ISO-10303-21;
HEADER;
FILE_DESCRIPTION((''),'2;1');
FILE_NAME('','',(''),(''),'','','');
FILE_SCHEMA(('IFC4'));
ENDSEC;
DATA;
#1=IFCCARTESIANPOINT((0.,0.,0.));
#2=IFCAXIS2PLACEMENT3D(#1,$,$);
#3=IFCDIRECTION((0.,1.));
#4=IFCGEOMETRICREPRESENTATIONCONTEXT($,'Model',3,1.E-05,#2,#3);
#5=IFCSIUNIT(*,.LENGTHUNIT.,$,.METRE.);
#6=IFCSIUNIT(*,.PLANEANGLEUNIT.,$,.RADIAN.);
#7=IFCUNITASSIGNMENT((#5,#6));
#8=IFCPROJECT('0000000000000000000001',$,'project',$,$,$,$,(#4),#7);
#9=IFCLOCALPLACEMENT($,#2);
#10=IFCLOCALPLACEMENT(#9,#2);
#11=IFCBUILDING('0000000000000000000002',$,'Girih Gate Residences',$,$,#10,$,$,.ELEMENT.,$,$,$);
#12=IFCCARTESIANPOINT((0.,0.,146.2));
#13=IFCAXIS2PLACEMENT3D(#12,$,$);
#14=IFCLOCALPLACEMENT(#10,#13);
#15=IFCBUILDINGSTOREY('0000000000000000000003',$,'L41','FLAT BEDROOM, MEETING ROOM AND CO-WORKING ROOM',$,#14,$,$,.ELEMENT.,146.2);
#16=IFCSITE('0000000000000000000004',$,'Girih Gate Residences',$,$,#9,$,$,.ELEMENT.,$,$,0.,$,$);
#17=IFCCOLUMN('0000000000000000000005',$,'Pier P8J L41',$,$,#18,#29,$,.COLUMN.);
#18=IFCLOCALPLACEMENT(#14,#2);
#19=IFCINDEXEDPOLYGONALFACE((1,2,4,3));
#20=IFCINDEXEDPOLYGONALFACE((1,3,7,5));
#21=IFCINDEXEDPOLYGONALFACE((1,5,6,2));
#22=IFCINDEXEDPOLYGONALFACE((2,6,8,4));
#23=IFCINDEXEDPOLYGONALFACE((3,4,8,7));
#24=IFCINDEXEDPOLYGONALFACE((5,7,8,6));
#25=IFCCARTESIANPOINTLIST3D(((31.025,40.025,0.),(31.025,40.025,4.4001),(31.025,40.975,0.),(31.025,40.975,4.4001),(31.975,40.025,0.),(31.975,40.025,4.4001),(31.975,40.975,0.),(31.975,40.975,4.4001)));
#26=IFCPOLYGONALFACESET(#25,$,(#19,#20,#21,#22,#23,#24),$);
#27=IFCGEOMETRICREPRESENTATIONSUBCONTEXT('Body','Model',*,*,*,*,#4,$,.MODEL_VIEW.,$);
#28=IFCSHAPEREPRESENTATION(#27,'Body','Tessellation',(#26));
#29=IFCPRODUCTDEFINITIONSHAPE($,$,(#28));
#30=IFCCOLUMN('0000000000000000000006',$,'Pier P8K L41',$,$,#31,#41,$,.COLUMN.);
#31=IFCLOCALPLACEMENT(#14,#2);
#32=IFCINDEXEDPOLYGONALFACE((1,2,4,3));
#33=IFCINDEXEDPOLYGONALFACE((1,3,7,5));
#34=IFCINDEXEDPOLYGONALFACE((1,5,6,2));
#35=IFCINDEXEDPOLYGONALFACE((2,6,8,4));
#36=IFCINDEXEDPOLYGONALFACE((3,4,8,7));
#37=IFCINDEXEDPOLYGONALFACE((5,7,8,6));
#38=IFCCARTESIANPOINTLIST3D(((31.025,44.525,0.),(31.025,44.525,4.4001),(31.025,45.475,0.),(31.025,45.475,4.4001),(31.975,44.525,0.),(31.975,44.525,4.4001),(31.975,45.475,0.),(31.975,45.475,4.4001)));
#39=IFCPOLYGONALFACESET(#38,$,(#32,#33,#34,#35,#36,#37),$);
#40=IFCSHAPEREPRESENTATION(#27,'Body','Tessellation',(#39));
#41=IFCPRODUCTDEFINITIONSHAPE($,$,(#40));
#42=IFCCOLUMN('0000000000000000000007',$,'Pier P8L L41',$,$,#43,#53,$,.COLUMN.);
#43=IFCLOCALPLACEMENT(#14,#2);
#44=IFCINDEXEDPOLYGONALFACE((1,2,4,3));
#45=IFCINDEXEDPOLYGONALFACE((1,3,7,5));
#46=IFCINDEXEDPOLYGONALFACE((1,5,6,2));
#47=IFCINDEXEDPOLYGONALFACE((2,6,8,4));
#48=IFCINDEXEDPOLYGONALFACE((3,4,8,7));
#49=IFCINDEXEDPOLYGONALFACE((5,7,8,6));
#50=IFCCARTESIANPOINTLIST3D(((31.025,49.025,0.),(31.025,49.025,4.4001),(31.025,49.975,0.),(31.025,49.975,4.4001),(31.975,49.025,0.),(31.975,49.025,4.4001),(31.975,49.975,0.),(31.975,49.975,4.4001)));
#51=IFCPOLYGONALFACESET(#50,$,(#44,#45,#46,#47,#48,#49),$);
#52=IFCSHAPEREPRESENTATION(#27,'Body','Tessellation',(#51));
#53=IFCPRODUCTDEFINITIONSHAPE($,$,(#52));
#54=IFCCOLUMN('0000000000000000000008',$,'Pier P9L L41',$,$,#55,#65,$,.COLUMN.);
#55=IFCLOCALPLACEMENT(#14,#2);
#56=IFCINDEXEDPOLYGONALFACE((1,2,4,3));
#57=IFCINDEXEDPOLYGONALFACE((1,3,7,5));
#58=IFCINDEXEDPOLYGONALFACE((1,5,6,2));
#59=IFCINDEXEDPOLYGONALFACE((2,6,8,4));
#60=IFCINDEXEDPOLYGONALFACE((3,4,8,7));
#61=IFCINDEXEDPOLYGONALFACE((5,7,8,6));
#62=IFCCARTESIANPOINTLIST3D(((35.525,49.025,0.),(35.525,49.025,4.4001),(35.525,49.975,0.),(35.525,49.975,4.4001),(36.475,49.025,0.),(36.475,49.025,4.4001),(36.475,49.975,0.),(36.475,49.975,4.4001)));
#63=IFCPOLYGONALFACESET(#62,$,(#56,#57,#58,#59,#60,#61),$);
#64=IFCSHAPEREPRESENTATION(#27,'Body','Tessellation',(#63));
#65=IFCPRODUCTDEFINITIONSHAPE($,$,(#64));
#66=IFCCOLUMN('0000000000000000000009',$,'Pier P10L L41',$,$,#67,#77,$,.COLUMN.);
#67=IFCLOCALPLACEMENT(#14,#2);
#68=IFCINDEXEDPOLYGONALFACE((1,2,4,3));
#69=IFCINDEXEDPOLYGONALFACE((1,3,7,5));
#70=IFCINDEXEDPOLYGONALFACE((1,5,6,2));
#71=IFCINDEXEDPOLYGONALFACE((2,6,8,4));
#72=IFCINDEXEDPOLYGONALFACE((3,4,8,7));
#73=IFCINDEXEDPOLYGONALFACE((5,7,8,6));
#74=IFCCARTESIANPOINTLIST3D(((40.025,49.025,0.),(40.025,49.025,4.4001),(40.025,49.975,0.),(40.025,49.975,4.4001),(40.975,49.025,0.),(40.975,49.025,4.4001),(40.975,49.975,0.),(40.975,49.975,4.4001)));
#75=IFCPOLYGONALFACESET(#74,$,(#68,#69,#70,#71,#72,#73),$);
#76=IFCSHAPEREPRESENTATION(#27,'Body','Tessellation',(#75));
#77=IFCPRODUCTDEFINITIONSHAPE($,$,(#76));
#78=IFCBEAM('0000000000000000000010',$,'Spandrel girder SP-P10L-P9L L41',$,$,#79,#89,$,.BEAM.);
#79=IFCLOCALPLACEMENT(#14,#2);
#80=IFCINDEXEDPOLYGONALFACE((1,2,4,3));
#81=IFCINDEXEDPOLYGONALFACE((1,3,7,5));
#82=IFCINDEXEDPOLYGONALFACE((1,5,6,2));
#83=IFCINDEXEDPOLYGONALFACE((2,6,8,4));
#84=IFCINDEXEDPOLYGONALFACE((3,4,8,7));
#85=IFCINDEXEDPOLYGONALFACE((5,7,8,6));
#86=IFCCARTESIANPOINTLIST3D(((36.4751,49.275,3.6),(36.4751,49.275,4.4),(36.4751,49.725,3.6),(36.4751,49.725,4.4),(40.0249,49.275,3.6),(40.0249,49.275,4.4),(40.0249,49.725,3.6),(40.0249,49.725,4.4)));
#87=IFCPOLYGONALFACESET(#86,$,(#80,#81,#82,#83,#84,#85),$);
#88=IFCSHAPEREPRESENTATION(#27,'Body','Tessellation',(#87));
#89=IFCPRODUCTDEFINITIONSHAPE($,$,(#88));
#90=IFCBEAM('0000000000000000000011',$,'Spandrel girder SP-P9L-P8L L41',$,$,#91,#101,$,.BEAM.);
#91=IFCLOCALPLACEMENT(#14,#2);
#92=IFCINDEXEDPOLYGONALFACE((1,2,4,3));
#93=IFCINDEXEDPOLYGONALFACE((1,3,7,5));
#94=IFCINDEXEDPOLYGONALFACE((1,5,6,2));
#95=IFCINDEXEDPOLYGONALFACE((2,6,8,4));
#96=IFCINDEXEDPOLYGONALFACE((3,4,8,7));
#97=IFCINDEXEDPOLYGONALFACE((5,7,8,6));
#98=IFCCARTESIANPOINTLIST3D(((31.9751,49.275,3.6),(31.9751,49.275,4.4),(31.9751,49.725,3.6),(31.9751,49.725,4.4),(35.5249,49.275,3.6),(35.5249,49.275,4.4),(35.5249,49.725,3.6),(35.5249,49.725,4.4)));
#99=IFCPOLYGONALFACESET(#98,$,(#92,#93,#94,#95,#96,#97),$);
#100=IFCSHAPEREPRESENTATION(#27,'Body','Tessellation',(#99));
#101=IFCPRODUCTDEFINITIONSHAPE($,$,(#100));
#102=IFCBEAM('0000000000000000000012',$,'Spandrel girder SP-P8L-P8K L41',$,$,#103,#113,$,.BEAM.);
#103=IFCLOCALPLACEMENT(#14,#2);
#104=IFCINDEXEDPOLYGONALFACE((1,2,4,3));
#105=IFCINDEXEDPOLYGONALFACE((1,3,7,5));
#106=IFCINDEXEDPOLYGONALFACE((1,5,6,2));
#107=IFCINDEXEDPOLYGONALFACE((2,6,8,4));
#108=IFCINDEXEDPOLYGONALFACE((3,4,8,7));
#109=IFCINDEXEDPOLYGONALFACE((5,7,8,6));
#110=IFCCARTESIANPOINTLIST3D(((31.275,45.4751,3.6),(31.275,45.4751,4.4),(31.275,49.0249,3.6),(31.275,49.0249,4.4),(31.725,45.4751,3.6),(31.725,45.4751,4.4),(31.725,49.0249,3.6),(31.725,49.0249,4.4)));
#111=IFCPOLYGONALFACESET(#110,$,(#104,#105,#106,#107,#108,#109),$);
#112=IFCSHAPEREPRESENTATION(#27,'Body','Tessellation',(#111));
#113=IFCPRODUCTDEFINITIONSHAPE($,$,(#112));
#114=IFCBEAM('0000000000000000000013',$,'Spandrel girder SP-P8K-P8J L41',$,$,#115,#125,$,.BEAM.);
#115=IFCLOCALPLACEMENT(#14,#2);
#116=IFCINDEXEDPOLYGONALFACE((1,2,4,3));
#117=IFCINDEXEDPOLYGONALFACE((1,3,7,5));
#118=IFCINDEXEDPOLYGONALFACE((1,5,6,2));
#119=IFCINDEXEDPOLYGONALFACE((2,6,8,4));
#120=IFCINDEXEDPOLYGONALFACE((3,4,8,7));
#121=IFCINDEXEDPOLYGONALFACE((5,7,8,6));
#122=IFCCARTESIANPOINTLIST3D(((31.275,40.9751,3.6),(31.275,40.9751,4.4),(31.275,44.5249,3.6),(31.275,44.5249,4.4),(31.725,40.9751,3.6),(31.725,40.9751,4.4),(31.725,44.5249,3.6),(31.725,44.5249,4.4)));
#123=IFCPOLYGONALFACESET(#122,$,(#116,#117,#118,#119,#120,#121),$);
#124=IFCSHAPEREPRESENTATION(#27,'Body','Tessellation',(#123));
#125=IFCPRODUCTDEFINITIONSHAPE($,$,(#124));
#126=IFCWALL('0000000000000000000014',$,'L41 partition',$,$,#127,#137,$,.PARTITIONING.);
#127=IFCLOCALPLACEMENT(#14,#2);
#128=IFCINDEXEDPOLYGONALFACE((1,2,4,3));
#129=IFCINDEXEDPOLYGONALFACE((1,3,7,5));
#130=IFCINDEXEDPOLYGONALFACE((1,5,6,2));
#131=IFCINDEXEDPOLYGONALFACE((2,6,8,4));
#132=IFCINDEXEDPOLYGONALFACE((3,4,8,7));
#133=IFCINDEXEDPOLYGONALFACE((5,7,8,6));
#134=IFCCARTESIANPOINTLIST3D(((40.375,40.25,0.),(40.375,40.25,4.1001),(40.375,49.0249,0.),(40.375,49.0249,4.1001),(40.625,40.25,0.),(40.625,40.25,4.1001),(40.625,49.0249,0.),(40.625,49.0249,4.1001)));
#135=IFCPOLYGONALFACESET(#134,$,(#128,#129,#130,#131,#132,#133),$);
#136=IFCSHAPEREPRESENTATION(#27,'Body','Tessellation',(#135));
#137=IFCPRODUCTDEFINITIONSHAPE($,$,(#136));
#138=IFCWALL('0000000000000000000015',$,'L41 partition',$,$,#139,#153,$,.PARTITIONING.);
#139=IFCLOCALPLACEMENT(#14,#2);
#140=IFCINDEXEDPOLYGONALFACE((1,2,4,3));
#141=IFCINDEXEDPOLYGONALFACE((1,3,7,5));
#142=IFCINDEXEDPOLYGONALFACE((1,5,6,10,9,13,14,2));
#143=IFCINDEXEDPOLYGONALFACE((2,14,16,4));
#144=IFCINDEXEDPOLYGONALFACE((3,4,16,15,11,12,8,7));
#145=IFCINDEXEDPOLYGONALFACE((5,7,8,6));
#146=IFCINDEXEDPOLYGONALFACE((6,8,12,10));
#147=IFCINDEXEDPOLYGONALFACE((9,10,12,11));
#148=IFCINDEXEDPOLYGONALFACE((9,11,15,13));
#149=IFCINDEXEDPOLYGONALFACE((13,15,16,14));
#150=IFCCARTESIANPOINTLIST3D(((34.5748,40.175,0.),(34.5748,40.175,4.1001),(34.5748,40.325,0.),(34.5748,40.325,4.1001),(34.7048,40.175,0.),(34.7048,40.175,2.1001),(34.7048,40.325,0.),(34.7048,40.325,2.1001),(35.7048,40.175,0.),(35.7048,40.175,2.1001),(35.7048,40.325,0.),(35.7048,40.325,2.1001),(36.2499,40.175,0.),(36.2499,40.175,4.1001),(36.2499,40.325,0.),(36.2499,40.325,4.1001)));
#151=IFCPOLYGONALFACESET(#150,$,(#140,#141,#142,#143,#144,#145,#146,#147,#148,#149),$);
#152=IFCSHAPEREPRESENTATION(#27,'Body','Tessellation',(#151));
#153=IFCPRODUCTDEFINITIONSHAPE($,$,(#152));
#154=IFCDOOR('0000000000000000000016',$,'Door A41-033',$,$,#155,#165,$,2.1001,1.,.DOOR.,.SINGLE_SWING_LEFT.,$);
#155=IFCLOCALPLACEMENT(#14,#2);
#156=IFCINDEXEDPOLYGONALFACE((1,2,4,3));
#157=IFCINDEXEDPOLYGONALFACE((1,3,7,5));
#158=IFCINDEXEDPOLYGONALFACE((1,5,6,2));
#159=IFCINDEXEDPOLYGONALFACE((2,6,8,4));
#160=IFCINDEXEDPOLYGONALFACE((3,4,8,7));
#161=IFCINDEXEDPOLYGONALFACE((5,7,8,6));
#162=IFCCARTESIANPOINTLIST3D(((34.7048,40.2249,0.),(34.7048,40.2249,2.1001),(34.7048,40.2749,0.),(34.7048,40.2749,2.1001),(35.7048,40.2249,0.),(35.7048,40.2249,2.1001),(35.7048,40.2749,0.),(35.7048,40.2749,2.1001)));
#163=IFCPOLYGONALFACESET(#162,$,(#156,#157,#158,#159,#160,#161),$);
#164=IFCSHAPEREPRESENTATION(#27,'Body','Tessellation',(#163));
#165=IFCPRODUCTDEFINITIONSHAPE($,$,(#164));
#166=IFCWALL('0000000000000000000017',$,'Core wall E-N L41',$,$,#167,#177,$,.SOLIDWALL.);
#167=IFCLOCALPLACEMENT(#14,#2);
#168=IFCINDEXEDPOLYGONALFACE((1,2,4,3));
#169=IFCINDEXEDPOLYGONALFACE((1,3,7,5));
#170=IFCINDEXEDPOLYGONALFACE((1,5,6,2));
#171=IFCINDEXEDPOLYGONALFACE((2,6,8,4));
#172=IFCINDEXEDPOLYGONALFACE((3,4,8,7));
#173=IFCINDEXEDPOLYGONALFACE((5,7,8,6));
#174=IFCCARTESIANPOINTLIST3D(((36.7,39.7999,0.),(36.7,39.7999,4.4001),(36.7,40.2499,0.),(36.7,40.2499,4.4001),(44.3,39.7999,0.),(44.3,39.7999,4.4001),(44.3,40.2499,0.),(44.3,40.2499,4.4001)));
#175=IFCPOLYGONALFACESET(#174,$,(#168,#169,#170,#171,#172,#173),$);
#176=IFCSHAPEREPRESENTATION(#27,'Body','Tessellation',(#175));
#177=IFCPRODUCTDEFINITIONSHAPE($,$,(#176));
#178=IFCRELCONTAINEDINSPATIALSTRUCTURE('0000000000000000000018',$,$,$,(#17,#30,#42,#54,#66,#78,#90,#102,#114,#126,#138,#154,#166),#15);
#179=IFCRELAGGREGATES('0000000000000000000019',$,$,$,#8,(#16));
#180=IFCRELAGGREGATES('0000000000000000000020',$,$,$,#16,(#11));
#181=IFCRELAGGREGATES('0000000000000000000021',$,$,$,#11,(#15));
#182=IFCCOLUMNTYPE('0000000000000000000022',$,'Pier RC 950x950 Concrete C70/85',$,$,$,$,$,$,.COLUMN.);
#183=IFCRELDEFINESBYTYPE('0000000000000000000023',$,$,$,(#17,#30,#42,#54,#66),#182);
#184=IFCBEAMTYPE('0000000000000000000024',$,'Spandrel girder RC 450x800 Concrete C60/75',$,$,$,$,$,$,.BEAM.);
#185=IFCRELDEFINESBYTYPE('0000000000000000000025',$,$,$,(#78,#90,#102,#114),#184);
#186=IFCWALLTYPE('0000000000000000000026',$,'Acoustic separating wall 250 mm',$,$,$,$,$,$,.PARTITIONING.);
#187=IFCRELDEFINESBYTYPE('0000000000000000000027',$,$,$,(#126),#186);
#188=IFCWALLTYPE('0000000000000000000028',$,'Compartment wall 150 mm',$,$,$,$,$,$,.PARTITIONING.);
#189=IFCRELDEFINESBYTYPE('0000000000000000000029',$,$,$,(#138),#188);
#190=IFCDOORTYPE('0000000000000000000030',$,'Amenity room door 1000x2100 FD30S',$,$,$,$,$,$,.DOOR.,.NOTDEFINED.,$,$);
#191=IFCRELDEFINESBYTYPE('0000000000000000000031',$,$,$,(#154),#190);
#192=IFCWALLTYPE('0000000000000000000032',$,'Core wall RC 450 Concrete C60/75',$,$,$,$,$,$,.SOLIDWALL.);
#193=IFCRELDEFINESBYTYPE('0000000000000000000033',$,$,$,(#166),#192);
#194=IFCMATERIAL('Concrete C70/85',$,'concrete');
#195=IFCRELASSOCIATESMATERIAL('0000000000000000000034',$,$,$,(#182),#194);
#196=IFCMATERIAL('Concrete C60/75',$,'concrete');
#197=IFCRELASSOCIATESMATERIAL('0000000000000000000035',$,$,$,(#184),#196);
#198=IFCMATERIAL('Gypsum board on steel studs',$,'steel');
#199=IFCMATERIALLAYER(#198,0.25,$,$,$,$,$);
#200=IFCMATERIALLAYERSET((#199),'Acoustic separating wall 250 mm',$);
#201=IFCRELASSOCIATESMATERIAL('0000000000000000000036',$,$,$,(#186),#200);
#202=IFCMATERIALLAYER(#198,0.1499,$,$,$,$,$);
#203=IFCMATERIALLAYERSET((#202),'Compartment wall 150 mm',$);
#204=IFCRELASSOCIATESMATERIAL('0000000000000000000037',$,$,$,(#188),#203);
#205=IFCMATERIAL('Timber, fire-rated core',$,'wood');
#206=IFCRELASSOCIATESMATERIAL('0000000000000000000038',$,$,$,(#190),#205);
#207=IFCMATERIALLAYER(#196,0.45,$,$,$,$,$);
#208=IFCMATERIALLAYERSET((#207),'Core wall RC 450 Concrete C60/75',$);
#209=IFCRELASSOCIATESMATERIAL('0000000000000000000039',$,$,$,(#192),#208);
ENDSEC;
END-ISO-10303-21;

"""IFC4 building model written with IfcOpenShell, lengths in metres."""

from ifc_helpers import new_model, si_unit, direction, frame, frame_2d, origin, origin_2d, place, context, subcontext, project, spatial, rectangle, extrude, material, layer, layer_set, material_profile, profile_set, type_object, element, fill, save


model = new_model("IFC4")

# Units and contexts
model_context = context("Model", 3, precision=1e-05, world=origin(), true_north=direction((0.0, 1.0)))
body_context = subcontext(model_context, "Body", "Model", "MODEL_VIEW")
ifc_project = project(units=[si_unit("LENGTHUNIT", "METRE"), si_unit("PLANEANGLEUNIT", "RADIAN")], contexts=[model_context])

# Site, building, storey
site_placement = place(None, origin())
site = spatial("IfcSite", under=ifc_project, at=site_placement, Name="Girih Gate Residences", CompositionType="ELEMENT", RefElevation=0.0)
building_placement = place(site_placement, origin())
building = spatial("IfcBuilding", under=site, at=building_placement, Name="Girih Gate Residences", CompositionType="ELEMENT")
storey_placement = place(building_placement, frame((0.0, 0.0, 146.2)))
storey = spatial("IfcBuildingStorey", under=building, at=storey_placement, Name="L41", Description="FLAT BEDROOM, MEETING ROOM AND CO-WORKING ROOM", CompositionType="ELEMENT", Elevation=146.2)

# Columns
ifc_material_1 = material(Name="Concrete C70/85", Category="concrete")
ifc_material_profile_1 = material_profile(ifc_material_1, rectangle(XDim=0.95, YDim=0.95, at=origin_2d()))
ifc_profile_set_1 = profile_set([ifc_material_profile_1], Name="Concrete C70/85")
column_type = type_object("IfcColumnType", Name="Pier RC 950x950 Concrete C70/85", PredefinedType="COLUMN", material=ifc_profile_set_1)
for number, where, z_axis, x_axis, name in (
    (1, (31.5, 40.5, 0.0), (0.0, 0.0, 1.0), (1.0, 0.0, 0.0), "Pier P8J L41"),
    (2, (31.5, 45.0, 0.0), (0.0, 0.0, 1.0), (1.0, 0.0, 0.0), "Pier P8K L41"),
    (3, (31.5, 49.5, 0.0), (0.0, 0.0, 1.0), (1.0, 0.0, 0.0), "Pier P8L L41"),
    (4, (36.0, 49.5, 0.0), (0.0, 0.0, 1.0), (1.0, 0.0, 0.0), "Pier P9L L41"),
    (5, (40.5, 49.5, 0.0), (0.0, 0.0, 1.0), (1.0, 0.0, 0.0), "Pier P10L L41"),
):
    element("IfcColumn", number, at=place(storey_placement, frame(where, z_axis=z_axis, x_axis=x_axis)), inside=storey, type_object=column_type, Name=name, PredefinedType="COLUMN", context=body_context, shape_type="SweptSolid", body=[
        extrude(rectangle(XDim=0.95, YDim=0.95, at=origin_2d()), origin(), (0.0, 0.0, 1.0), 4.4001),
    ])

# Beams
ifc_material_2 = material(Name="Concrete C60/75", Category="concrete")
ifc_material_profile_2 = material_profile(ifc_material_2, rectangle(XDim=0.45, YDim=0.8, at=origin_2d()))
ifc_profile_set_2 = profile_set([ifc_material_profile_2], Name="Concrete C60/75")
beam_type = type_object("IfcBeamType", Name="Spandrel girder RC 450x800 Concrete C60/75", PredefinedType="BEAM", material=ifc_profile_set_2)
for number, where, z_axis, x_axis, name in (
    (6, (40.0249, 49.5, 4.0), (-1.0, 0.0, 0.0), (0.0, -1.0, 0.0), "Spandrel girder SP-P10L-P9L L41"),
    (7, (35.5249, 49.5, 4.0), (-1.0, 0.0, 0.0), (0.0, -1.0, 0.0), "Spandrel girder SP-P9L-P8L L41"),
    (8, (31.5, 49.0249, 4.0), (0.0, -1.0, 0.0), (1.0, 0.0, 0.0), "Spandrel girder SP-P8L-P8K L41"),
    (9, (31.5, 44.5249, 4.0), (0.0, -1.0, 0.0), (1.0, 0.0, 0.0), "Spandrel girder SP-P8K-P8J L41"),
):
    element("IfcBeam", number, at=place(storey_placement, frame(where, z_axis=z_axis, x_axis=x_axis)), inside=storey, type_object=beam_type, Name=name, PredefinedType="BEAM", context=body_context, shape_type="SweptSolid", body=[
        extrude(rectangle(XDim=0.45, YDim=0.8, at=origin_2d()), origin(), (0.0, 0.0, 1.0), 3.5498),
    ])

# Wall
ifc_material_3 = material(Name="Gypsum board on steel studs", Category="steel")
ifc_layer_1 = layer(ifc_material_3, 0.25)
ifc_layer_set_1 = layer_set([ifc_layer_1], Name="Acoustic separating wall 250 mm")
wall_type_1 = type_object("IfcWallType", Name="Acoustic separating wall 250 mm", PredefinedType="PARTITIONING", material=ifc_layer_set_1)
wall_1_placement = place(storey_placement, frame((40.5, 40.25, 0.0), z_axis=(0.0, 0.0, 1.0), x_axis=(0.0, 1.0, 0.0)))
element("IfcWall", 10, at=wall_1_placement, inside=storey, type_object=wall_type_1, Name="L41 partition", PredefinedType="PARTITIONING", context=body_context, shape_type="SweptSolid", body=[
    extrude(rectangle(XDim=8.7749, YDim=0.25, at=frame_2d((4.3875, 0.0))), origin(), (0.0, 0.0, 1.0), 4.1001),
])

# Wall, opening, door
ifc_layer_2 = layer(ifc_material_3, 0.1499)
ifc_layer_set_2 = layer_set([ifc_layer_2], Name="Compartment wall 150 mm")
wall_type_2 = type_object("IfcWallType", Name="Compartment wall 150 mm", PredefinedType="PARTITIONING", material=ifc_layer_set_2)
wall_2_placement = place(storey_placement, frame((34.575, 40.25, 0.0), z_axis=(0.0, 0.0, 1.0), x_axis=(1.0, 0.0, 0.0)))
wall_2 = element("IfcWall", 11, at=wall_2_placement, inside=storey, type_object=wall_type_2, Name="L41 partition", PredefinedType="PARTITIONING", context=body_context, shape_type="SweptSolid", body=[
    extrude(rectangle(XDim=1.675, YDim=0.1499, at=frame_2d((0.8374, 0.0))), origin(), (0.0, 0.0, 1.0), 4.1001),
])
opening_1_placement = place(wall_2_placement, frame((0.1299, 0.0, 0.0)))
opening_1 = element("IfcOpeningElement", 12, at=opening_1_placement, cuts=wall_2, PredefinedType="OPENING", context=body_context, shape_type="SweptSolid", body=[
    extrude(rectangle(XDim=1.0, YDim=2.1001, at=frame_2d((0.5, 1.05))), frame((0.0, 0.085, 0.0), z_axis=(0.0, -1.0, 0.0), x_axis=(1.0, 0.0, 0.0)), (0.0, 0.0, 1.0), 0.1699),
])
ifc_material_4 = material(Name="Timber, fire-rated core", Category="wood")
door_type_1 = type_object("IfcDoorType", Name="Amenity room door 1000x2100 FD30S", OperationType="NOTDEFINED", PredefinedType="DOOR", material=ifc_material_4)
door_1_placement = place(opening_1_placement, origin())
door_1 = element("IfcDoor", 13, at=door_1_placement, inside=storey, type_object=door_type_1, Name="Door A41-033", OperationType="SINGLE_SWING_LEFT", OverallHeight=2.1001, OverallWidth=1.0, PredefinedType="DOOR", context=body_context, shape_type="SweptSolid", body=[
    extrude(rectangle(XDim=1.0, YDim=2.1001, at=frame_2d((0.5, 1.05))), frame((0.0, 0.0249, 0.0), z_axis=(0.0, -1.0, 0.0), x_axis=(1.0, 0.0, 0.0)), (0.0, 0.0, 1.0), 0.05),
])
fill(opening_1, door_1)

# Wall
ifc_layer_3 = layer(ifc_material_2, 0.45)
ifc_layer_set_3 = layer_set([ifc_layer_3], Name="Core wall RC 450 Concrete C60/75")
wall_type_3 = type_object("IfcWallType", Name="Core wall RC 450 Concrete C60/75", PredefinedType="SOLIDWALL", material=ifc_layer_set_3)
wall_3_placement = place(storey_placement, frame((36.7, 40.0249, 0.0), z_axis=(0.0, 0.0, 1.0), x_axis=(1.0, 0.0, 0.0)))
element("IfcWall", 14, at=wall_3_placement, inside=storey, type_object=wall_type_3, Name="Core wall E-N L41", PredefinedType="SOLIDWALL", context=body_context, shape_type="SweptSolid", body=[
    extrude(rectangle(XDim=7.6001, YDim=0.45, at=frame_2d((3.8, 0.0))), origin(), (0.0, 0.0, 1.0), 4.4001),
])

save(model, "model.ifc")
